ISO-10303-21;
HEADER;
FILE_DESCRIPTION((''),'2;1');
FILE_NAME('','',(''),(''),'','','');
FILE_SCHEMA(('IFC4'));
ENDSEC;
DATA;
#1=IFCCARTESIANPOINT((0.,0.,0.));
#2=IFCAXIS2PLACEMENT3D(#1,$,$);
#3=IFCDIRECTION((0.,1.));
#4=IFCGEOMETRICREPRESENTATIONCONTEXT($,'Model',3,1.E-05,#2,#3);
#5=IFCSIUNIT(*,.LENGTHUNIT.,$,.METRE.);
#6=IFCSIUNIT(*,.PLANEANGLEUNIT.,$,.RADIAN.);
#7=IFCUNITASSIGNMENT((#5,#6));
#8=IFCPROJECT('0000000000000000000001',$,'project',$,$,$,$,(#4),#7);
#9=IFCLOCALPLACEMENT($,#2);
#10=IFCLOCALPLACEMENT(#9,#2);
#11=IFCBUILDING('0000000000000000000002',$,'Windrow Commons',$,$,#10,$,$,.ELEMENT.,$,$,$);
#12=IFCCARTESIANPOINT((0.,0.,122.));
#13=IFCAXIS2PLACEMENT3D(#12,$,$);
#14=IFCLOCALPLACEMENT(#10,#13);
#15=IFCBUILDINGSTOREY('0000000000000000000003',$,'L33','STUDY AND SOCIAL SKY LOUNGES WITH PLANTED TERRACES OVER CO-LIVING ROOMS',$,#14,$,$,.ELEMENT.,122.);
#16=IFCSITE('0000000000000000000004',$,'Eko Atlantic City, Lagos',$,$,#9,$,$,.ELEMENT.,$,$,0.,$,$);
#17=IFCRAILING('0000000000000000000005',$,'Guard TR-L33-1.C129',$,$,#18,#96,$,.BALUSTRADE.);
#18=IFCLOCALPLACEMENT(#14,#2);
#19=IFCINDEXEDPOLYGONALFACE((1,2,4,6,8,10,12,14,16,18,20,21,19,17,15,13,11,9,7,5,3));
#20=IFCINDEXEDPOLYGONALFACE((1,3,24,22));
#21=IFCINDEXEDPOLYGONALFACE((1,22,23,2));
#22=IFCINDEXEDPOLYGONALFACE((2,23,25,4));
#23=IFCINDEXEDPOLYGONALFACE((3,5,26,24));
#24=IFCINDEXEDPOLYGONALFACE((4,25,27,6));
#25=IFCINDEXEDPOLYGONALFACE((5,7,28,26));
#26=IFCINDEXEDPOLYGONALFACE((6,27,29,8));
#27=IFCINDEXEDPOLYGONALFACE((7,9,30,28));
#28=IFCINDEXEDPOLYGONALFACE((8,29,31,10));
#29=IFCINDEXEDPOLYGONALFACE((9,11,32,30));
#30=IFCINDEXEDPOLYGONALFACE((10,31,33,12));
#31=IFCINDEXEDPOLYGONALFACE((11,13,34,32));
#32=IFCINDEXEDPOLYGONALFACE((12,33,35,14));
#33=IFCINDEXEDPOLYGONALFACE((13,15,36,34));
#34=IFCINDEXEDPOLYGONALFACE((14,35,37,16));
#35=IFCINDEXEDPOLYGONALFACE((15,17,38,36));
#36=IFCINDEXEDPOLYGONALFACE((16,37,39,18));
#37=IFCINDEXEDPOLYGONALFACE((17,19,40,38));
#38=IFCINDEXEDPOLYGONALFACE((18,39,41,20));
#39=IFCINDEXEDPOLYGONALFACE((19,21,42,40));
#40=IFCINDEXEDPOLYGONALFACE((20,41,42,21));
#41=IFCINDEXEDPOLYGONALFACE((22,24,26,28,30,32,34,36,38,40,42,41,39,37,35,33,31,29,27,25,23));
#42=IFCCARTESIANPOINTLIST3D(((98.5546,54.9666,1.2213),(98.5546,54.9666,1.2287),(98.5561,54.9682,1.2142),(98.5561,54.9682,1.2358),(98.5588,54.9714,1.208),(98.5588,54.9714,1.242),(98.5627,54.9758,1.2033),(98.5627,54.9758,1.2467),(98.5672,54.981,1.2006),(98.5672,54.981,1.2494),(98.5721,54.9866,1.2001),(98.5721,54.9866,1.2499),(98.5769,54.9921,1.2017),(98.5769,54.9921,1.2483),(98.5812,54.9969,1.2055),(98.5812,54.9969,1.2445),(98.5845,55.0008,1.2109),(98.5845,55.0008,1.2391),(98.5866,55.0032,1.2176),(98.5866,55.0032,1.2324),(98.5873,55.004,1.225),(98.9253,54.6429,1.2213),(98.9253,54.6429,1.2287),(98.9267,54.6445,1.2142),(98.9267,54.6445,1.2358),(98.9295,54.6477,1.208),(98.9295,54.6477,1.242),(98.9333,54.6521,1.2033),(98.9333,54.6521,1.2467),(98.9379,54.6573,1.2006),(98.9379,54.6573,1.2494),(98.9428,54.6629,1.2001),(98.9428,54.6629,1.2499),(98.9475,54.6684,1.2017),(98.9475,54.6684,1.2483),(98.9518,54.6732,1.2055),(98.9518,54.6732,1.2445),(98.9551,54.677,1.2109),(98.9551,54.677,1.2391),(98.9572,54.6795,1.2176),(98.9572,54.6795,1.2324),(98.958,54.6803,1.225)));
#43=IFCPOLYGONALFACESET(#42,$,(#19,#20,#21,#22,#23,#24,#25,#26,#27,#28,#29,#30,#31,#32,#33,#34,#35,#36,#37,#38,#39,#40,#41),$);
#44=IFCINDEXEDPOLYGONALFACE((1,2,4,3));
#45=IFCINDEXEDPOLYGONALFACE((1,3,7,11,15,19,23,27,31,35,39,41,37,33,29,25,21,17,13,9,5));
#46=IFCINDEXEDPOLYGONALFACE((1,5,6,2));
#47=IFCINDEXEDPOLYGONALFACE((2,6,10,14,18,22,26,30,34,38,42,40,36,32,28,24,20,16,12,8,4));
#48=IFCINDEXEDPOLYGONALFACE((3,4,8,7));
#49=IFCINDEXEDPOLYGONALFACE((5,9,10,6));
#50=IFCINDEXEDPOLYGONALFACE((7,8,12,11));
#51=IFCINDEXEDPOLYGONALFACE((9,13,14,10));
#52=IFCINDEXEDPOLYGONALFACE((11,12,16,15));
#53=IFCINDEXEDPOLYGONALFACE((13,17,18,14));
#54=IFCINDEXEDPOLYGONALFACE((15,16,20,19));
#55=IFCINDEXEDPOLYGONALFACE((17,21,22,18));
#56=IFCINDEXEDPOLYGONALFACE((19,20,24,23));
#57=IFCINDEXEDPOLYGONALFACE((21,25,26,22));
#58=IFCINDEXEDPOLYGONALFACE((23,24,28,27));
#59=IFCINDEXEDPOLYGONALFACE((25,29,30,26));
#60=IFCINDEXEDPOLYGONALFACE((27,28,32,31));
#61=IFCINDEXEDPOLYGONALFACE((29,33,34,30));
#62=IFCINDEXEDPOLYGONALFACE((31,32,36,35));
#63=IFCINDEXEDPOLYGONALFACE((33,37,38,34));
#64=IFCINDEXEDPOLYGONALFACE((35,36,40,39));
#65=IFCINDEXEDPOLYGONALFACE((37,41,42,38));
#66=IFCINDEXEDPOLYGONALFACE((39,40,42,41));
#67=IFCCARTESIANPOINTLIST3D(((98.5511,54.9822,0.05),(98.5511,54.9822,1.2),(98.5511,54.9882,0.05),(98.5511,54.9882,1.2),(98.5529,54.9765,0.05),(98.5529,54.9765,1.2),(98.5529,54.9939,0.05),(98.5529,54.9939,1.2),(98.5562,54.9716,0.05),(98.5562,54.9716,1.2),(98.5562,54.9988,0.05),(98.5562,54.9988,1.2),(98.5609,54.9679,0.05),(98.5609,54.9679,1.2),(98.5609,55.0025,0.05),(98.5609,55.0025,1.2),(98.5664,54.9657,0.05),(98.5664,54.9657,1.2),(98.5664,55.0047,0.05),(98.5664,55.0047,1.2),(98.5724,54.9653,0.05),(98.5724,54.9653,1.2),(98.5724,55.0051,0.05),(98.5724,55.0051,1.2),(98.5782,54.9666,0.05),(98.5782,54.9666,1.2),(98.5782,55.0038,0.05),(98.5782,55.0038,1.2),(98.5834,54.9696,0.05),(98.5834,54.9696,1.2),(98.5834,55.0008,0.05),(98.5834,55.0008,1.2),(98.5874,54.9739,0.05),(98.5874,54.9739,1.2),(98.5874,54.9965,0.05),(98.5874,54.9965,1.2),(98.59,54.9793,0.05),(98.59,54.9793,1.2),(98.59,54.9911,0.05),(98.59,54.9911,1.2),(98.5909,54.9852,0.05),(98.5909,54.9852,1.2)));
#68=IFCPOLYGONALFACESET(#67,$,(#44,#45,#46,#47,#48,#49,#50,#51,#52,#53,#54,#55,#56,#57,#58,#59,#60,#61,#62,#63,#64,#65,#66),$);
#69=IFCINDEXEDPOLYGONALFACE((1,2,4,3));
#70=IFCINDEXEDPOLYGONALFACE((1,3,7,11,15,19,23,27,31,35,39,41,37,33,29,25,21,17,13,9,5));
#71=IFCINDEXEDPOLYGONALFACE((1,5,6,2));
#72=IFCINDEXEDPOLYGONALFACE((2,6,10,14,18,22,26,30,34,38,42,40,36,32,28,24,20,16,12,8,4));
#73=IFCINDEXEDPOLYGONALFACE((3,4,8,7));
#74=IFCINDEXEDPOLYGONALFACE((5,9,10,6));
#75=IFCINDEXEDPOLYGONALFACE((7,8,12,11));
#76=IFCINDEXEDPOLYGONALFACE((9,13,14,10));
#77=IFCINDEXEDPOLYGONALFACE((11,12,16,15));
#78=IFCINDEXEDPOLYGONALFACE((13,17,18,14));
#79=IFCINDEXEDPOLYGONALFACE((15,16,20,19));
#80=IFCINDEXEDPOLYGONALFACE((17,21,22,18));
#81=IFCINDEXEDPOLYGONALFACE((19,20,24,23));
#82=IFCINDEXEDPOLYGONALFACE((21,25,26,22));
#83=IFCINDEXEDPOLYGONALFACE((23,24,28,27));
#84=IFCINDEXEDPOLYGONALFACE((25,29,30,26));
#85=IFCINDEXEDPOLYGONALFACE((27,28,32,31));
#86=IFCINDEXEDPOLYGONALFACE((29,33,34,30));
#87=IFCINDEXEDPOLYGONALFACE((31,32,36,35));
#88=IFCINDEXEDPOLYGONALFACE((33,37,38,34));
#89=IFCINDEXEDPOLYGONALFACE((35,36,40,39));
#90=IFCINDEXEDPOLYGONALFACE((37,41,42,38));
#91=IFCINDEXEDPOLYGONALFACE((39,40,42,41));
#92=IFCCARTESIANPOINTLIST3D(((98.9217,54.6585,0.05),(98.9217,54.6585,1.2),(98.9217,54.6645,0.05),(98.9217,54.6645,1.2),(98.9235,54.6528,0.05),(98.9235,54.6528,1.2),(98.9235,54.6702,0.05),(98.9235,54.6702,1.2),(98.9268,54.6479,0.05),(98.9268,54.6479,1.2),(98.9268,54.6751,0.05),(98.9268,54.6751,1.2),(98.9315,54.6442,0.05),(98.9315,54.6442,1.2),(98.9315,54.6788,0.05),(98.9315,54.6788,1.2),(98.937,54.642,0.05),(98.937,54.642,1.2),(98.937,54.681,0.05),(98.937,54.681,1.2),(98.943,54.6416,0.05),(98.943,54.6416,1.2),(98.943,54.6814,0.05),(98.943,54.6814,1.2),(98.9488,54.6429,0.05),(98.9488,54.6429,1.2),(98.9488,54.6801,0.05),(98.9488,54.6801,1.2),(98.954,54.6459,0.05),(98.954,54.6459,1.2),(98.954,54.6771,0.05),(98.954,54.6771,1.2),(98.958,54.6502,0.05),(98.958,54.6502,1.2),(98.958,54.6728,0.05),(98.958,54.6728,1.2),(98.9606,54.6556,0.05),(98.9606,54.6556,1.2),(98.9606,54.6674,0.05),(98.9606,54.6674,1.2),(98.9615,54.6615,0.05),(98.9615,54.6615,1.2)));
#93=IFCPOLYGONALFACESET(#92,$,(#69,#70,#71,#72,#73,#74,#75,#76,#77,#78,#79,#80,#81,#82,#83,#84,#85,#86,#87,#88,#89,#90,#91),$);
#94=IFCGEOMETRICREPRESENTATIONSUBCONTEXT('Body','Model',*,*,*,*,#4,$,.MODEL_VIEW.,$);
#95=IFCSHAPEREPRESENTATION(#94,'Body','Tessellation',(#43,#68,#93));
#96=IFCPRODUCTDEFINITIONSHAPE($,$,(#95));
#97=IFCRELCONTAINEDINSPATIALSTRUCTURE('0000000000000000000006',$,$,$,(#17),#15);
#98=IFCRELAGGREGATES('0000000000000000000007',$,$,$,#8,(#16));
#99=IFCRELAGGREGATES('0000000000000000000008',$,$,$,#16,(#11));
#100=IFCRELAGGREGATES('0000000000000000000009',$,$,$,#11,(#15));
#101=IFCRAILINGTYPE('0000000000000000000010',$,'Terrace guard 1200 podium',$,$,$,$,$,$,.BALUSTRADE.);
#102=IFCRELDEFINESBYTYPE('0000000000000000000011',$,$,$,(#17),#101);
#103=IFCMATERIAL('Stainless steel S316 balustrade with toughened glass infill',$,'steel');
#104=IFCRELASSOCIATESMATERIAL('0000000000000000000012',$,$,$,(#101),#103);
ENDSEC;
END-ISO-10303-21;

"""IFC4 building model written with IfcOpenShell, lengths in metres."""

from ifc_helpers import new_model, si_unit, direction, frame, origin, origin_2d, place, context, subcontext, project, spatial, circle, extrude, material, type_object, element, save


model = new_model("IFC4")

# Units and contexts
model_context = context("Model", 3, precision=1e-05, world=origin(), true_north=direction((0.0, 1.0)))
body_context = subcontext(model_context, "Body", "Model", "MODEL_VIEW")
ifc_project = project(units=[si_unit("LENGTHUNIT", "METRE"), si_unit("PLANEANGLEUNIT", "RADIAN")], contexts=[model_context])

# Site, building, storey
site_placement = place(None, origin())
site = spatial("IfcSite", under=ifc_project, at=site_placement, Name="Eko Atlantic City, Lagos", CompositionType="ELEMENT", RefElevation=0.0)
building_placement = place(site_placement, origin())
building = spatial("IfcBuilding", under=site, at=building_placement, Name="Windrow Commons", CompositionType="ELEMENT")
storey_placement = place(building_placement, frame((0.0, 0.0, 122.0)))
storey = spatial("IfcBuildingStorey", under=building, at=storey_placement, Name="L33", Description="STUDY AND SOCIAL SKY LOUNGES WITH PLANTED TERRACES OVER CO-LIVING ROOMS", CompositionType="ELEMENT", Elevation=122.0)

# Railing
ifc_material_1 = material(Name="Stainless steel S316 balustrade with toughened glass infill", Category="steel")
railing_type_1 = type_object("IfcRailingType", Name="Terrace guard 1200 podium", PredefinedType="BALUSTRADE", material=ifc_material_1)
railing_1_placement = place(storey_placement, frame((98.5709, 54.9852, 0.05)))
element("IfcRailing", 1, at=railing_1_placement, inside=storey, type_object=railing_type_1, Name="Guard TR-L33-1.C129", PredefinedType="BALUSTRADE", context=body_context, shape_type="SweptSolid", body=[
    extrude(circle(Radius=0.025, at=origin_2d()), frame((0.0, 0.0, 1.175), z_axis=(0.753156, -0.657843, 0.0), x_axis=(0.657843, 0.753156, 0.0)), (0.0, 0.0, 1.0), 0.4921),
    extrude(circle(Radius=0.02, at=origin_2d()), origin(), (0.0, 0.0, 1.0), 1.15),
    extrude(circle(Radius=0.02, at=origin_2d()), frame((0.3706, -0.3237, 0.0)), (0.0, 0.0, 1.0), 1.15),
])

save(model, "model.ifc")
